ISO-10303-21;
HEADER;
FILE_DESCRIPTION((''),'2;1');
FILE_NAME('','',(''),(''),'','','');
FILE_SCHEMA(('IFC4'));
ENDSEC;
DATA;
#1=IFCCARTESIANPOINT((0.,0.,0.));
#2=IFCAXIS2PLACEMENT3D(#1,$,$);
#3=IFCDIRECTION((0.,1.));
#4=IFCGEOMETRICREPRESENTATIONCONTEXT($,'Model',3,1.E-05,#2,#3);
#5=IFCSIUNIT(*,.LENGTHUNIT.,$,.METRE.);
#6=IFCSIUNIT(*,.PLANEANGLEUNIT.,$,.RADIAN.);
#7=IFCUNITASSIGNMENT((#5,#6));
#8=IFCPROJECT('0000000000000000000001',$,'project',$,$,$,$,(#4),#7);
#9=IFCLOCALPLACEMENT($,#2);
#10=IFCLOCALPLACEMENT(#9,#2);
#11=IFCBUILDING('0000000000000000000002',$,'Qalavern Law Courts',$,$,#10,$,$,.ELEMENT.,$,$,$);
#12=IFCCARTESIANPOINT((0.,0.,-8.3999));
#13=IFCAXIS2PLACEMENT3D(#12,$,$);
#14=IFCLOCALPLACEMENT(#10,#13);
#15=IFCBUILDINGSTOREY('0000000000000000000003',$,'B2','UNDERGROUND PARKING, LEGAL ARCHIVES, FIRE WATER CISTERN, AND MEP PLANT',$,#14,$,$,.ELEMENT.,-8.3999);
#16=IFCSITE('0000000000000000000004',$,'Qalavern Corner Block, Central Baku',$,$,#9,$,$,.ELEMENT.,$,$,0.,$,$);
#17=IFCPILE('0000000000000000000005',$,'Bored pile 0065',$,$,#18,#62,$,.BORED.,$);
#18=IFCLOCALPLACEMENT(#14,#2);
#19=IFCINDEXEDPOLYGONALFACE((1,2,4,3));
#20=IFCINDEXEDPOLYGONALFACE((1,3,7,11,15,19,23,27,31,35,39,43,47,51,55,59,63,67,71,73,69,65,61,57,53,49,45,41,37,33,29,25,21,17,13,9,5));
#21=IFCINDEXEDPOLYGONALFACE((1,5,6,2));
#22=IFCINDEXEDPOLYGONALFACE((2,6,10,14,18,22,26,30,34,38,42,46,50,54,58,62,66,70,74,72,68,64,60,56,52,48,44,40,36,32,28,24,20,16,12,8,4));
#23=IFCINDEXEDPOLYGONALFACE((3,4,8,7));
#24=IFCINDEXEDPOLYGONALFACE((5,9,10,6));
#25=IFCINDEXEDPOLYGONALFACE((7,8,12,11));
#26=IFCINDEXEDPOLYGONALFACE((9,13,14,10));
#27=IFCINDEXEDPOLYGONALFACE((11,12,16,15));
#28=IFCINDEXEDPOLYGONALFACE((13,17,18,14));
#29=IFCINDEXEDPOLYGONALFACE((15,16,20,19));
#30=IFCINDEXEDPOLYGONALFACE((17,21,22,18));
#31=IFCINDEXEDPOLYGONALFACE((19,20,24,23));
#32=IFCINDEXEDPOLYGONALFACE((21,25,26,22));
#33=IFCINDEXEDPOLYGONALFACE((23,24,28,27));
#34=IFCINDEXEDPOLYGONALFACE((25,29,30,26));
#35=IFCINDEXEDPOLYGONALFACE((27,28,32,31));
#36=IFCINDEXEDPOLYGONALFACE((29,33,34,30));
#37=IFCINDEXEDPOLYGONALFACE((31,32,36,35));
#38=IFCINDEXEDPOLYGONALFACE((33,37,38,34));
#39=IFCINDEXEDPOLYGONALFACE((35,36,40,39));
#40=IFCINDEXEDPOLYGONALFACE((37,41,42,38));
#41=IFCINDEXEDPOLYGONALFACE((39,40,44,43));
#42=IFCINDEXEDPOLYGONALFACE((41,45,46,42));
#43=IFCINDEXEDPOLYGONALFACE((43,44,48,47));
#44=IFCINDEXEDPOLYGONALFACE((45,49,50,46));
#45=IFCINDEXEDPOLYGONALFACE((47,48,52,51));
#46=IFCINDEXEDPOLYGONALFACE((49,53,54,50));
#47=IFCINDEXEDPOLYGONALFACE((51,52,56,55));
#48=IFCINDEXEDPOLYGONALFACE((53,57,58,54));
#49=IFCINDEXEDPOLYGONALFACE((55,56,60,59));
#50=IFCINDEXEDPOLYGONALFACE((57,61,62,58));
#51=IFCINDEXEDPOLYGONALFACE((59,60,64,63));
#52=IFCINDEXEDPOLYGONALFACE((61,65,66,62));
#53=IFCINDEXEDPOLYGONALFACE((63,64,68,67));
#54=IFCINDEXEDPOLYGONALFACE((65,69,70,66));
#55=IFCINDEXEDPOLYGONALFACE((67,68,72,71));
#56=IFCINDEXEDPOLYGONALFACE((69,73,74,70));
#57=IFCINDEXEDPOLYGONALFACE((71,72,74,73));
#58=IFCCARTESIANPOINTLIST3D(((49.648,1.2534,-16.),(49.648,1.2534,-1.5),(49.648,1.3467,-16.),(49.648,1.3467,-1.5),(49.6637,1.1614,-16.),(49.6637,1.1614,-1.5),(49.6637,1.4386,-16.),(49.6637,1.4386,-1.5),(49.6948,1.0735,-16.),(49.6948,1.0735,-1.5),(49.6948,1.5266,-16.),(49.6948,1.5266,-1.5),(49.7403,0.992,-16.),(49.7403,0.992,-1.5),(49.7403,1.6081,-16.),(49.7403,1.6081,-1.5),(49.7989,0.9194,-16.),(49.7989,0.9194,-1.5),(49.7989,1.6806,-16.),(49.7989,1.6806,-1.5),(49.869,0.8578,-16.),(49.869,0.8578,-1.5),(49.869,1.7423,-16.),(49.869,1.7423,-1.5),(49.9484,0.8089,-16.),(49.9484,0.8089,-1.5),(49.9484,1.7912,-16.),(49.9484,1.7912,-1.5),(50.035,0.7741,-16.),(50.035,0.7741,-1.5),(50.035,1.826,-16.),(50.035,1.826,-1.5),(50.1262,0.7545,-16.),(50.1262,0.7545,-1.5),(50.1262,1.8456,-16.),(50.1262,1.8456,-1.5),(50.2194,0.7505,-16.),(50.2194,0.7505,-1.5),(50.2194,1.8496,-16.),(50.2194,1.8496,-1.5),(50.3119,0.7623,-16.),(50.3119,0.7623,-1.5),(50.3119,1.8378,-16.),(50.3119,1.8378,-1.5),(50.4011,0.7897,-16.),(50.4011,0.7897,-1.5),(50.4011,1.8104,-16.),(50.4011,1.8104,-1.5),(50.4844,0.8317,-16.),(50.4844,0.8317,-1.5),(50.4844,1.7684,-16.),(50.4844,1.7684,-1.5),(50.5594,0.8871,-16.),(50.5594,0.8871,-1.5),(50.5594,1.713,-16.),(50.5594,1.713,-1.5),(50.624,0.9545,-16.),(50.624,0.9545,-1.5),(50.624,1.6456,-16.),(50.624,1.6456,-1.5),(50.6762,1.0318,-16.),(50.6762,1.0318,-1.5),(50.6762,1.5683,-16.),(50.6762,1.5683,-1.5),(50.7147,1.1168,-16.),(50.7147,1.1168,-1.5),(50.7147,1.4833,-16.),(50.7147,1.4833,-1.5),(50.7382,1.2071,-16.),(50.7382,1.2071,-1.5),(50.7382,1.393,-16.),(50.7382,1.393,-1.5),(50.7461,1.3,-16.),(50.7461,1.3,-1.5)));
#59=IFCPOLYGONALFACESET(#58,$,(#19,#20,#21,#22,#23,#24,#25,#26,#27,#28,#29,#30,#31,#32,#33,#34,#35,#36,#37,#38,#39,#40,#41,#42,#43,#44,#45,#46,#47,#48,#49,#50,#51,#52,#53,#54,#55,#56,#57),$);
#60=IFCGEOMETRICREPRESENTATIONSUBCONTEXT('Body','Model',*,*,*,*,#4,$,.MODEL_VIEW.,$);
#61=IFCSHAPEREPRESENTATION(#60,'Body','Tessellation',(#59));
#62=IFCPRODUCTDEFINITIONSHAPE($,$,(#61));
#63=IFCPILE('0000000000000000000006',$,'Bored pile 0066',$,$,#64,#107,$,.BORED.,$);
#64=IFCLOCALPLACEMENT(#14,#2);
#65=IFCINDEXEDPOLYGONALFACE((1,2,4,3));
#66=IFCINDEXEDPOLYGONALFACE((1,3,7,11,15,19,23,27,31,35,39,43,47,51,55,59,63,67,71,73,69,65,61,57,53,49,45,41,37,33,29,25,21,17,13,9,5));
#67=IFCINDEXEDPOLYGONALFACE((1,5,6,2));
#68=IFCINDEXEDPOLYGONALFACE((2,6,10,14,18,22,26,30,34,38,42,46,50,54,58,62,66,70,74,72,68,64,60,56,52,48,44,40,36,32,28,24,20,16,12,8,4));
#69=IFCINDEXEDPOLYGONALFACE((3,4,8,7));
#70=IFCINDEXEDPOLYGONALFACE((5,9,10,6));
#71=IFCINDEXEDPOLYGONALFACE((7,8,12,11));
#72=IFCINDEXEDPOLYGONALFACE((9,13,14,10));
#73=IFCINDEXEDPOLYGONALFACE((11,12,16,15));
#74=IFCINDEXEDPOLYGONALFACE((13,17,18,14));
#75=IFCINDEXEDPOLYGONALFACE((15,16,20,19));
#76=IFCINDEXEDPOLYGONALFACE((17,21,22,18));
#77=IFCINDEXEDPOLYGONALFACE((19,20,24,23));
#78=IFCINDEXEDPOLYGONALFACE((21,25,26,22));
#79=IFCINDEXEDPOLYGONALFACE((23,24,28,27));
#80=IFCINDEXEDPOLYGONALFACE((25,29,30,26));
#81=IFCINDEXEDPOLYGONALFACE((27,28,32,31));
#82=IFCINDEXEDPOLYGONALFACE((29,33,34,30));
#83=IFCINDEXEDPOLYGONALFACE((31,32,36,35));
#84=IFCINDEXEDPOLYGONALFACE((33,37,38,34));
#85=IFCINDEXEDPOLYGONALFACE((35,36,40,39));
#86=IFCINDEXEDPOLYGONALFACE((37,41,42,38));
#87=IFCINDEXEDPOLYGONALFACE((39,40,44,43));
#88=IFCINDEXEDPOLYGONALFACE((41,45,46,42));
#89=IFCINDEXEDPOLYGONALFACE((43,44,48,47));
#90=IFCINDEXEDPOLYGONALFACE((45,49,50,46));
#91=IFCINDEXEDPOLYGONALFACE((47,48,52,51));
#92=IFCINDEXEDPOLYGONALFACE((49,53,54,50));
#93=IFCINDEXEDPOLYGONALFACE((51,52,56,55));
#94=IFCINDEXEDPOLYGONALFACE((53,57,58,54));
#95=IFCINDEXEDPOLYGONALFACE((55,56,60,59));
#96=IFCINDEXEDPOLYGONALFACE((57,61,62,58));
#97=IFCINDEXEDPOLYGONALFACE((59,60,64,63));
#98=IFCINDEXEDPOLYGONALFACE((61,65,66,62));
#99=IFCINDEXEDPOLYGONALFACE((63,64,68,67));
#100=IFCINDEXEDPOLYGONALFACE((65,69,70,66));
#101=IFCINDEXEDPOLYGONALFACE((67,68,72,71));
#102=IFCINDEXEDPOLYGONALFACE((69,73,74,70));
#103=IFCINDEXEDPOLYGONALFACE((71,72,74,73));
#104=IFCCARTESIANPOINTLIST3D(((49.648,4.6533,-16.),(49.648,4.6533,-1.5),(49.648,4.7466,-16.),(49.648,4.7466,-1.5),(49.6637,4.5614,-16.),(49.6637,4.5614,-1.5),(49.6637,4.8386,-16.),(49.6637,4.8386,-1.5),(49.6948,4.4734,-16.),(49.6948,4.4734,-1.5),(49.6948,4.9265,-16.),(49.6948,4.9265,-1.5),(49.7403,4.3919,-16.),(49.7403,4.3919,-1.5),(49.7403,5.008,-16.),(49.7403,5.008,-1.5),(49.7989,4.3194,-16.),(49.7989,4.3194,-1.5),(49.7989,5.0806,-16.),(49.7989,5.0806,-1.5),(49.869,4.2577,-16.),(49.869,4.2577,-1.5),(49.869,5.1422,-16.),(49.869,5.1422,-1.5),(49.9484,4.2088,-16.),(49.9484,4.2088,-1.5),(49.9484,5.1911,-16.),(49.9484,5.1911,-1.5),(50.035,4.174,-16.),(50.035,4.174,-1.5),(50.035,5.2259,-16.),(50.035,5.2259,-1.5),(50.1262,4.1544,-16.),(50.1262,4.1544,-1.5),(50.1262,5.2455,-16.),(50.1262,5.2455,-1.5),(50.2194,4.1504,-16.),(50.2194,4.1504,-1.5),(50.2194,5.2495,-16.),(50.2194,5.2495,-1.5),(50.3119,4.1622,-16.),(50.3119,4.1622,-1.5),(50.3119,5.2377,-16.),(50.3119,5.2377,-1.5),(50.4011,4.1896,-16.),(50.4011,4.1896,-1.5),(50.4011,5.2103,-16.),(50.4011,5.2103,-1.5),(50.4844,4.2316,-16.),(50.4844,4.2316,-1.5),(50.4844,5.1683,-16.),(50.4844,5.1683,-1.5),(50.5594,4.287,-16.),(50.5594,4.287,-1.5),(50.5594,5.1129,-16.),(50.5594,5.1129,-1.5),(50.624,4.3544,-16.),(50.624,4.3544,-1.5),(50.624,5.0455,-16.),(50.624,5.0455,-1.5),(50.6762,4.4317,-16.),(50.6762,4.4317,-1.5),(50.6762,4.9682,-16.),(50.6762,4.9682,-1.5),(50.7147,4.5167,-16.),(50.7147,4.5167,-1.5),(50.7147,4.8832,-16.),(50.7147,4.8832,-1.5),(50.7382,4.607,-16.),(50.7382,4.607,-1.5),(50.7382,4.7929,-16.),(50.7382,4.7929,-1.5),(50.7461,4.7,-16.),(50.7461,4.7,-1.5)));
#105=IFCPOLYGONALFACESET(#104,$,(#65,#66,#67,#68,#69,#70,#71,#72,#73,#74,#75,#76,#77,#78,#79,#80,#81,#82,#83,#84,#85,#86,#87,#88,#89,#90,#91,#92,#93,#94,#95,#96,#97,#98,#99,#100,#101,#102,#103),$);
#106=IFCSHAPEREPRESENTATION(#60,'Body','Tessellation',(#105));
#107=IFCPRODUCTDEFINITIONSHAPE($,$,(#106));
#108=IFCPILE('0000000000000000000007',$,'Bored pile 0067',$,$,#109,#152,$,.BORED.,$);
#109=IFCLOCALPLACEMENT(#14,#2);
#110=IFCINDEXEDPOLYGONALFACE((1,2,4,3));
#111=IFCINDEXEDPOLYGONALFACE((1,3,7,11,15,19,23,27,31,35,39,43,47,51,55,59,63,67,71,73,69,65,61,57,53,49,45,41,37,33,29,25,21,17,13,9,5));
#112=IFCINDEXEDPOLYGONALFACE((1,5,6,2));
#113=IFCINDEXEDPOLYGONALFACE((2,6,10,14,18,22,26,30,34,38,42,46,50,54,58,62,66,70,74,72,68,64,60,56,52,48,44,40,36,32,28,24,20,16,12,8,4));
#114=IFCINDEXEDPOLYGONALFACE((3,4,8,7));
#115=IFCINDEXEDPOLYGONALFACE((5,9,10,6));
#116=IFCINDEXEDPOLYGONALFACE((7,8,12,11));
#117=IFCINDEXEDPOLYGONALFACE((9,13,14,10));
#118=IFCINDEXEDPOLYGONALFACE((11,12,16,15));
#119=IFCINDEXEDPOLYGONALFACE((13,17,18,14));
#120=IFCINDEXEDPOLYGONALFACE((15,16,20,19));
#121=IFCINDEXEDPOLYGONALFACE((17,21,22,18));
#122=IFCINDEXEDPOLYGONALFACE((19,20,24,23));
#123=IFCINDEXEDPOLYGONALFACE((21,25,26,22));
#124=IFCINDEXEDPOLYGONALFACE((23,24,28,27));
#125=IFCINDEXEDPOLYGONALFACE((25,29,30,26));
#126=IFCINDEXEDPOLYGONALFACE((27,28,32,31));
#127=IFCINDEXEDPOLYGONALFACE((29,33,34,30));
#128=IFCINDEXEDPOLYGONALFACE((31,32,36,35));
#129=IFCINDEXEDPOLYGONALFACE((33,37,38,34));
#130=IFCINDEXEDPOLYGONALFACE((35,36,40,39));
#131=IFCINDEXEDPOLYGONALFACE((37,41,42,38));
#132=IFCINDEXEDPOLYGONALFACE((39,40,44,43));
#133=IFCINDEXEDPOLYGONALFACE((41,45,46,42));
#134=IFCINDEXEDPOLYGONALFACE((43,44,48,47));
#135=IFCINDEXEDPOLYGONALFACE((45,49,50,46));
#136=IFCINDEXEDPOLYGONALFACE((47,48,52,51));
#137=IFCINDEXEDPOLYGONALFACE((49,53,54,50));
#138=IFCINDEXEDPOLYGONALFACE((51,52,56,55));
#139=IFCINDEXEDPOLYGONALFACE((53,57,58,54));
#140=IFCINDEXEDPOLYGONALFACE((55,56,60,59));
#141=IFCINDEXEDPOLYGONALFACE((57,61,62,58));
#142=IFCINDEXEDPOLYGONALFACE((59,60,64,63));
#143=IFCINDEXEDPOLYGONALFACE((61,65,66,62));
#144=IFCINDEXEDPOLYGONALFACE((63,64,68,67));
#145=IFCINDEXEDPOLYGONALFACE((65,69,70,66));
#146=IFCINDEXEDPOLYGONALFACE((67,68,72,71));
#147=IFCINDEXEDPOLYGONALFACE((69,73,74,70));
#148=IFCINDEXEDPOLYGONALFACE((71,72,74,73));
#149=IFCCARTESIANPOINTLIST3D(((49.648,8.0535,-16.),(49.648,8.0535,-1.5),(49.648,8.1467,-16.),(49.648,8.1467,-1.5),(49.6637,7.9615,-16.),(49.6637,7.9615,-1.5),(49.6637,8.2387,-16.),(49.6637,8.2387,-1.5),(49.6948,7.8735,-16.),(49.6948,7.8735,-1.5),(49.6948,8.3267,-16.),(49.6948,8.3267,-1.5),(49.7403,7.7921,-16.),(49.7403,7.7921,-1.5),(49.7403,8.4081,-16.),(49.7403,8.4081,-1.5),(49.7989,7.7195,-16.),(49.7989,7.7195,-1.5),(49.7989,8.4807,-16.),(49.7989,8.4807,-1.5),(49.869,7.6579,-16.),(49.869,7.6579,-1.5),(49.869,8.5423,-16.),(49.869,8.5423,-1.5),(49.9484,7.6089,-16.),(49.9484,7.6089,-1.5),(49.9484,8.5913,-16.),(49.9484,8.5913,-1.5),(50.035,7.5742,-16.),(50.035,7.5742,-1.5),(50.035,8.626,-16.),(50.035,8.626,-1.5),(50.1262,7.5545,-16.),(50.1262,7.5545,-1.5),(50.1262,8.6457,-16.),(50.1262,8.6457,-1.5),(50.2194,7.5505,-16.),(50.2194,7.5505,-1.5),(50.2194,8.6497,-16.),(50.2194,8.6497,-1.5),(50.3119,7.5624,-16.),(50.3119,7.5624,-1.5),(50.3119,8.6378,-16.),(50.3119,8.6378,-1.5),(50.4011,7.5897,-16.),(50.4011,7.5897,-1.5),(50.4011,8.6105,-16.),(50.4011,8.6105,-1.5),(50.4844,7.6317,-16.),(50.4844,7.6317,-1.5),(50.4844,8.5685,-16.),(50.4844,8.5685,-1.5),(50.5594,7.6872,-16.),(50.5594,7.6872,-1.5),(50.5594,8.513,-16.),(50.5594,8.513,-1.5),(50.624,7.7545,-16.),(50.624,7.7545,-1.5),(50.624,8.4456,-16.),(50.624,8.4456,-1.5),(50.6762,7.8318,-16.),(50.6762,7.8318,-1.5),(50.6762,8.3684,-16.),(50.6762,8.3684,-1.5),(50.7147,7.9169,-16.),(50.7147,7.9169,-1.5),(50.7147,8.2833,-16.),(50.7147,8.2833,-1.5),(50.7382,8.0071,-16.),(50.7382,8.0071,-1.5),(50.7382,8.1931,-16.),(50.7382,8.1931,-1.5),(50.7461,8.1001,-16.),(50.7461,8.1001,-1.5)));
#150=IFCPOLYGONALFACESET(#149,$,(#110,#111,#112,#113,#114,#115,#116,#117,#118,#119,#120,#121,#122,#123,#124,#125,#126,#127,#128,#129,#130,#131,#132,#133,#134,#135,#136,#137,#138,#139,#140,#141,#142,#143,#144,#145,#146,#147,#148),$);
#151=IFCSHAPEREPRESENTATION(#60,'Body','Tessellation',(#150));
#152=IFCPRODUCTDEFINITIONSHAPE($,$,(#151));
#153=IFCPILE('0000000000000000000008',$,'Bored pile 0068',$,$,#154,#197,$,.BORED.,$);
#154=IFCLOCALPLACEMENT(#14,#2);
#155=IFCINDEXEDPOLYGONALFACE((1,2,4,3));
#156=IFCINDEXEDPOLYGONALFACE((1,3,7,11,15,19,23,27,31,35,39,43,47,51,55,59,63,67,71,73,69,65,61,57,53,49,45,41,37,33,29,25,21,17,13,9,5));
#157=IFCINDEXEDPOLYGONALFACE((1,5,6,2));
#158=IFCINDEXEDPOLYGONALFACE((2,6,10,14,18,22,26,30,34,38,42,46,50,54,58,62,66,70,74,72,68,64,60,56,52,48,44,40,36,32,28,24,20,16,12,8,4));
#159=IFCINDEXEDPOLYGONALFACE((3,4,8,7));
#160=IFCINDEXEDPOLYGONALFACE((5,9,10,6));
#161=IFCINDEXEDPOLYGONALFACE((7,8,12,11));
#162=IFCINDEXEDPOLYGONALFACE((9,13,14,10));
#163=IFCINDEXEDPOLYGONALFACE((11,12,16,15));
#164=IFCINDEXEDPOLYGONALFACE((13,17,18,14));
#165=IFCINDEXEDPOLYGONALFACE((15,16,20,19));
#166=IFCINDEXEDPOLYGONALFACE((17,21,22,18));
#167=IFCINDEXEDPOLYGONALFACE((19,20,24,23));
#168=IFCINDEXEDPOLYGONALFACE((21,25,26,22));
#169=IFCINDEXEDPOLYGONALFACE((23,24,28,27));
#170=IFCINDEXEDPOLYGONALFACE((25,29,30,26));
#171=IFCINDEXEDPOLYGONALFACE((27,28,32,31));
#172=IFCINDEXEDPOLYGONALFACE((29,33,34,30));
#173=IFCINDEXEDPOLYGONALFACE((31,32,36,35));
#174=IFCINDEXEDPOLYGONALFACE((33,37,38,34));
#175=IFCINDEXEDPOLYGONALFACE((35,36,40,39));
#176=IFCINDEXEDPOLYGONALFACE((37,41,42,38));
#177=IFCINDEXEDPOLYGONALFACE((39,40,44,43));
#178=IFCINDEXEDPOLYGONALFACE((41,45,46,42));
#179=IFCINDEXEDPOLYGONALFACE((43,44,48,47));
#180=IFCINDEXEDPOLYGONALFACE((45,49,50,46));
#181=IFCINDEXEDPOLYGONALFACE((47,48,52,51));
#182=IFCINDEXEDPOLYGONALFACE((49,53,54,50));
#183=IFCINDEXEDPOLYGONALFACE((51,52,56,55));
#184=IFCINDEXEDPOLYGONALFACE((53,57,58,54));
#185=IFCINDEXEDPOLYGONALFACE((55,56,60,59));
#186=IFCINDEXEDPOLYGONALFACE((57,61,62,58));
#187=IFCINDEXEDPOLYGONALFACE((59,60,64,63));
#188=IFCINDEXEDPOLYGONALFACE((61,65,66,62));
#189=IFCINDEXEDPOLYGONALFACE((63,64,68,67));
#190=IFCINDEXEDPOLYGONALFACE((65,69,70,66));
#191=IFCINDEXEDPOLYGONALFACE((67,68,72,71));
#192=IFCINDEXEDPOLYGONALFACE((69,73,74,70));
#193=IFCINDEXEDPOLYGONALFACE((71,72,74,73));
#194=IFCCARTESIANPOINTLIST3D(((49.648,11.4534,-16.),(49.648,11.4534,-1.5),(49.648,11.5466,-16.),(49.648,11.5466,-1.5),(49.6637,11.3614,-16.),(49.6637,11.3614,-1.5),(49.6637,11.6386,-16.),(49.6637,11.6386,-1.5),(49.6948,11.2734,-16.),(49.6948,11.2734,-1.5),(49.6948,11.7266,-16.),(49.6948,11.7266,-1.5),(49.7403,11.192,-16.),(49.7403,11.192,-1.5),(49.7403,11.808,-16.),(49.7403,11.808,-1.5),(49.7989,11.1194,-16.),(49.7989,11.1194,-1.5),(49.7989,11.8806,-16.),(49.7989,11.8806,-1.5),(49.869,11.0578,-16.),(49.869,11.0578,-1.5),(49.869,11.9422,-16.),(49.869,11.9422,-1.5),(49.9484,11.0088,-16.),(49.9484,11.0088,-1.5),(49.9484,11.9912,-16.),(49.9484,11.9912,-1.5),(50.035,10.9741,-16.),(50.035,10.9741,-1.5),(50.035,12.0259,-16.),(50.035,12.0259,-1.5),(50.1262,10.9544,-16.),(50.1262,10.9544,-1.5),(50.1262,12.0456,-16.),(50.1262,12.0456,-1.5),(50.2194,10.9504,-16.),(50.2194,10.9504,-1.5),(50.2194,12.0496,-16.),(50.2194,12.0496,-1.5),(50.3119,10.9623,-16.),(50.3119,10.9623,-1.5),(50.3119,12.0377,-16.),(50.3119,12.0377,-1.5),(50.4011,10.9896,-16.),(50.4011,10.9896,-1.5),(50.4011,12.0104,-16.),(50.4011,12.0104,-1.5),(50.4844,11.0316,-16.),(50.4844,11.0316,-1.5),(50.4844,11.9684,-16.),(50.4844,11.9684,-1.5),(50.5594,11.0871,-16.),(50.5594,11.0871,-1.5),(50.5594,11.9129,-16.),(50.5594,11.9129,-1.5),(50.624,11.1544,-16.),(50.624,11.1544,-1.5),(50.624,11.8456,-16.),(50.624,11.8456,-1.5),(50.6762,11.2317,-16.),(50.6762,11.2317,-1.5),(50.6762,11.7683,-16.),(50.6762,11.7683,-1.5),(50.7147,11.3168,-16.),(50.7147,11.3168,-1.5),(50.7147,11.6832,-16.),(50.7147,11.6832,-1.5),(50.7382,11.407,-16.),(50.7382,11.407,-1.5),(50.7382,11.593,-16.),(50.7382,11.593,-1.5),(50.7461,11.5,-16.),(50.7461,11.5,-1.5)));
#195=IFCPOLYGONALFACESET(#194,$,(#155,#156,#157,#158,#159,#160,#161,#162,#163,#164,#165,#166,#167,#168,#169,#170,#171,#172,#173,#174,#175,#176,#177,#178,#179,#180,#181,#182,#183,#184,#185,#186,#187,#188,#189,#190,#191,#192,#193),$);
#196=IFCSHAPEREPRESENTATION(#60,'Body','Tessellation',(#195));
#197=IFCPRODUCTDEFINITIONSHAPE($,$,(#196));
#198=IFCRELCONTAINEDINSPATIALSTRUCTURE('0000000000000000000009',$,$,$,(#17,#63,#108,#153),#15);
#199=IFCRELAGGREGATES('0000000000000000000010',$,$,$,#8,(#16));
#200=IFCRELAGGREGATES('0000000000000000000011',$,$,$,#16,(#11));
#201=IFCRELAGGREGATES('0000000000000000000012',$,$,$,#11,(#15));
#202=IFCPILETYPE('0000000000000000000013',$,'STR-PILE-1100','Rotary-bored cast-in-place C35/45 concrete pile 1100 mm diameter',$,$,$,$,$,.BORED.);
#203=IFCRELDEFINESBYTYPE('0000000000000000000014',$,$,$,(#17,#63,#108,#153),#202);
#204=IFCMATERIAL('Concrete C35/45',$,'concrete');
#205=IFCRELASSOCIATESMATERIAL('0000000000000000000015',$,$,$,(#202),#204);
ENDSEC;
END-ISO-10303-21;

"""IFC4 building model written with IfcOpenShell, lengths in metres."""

from ifc_helpers import new_model, si_unit, direction, frame, origin, origin_2d, place, context, subcontext, project, spatial, circle, extrude, material, material_profile, profile_set, type_object, element, save


model = new_model("IFC4")

# Units and contexts
model_context = context("Model", 3, precision=1e-05, world=origin(), true_north=direction((0.0, 1.0)))
body_context = subcontext(model_context, "Body", "Model", "MODEL_VIEW")
ifc_project = project(units=[si_unit("LENGTHUNIT", "METRE"), si_unit("PLANEANGLEUNIT", "RADIAN")], contexts=[model_context])

# Site, building, storey
site_placement = place(None, origin())
site = spatial("IfcSite", under=ifc_project, at=site_placement, Name="Qalavern Corner Block, Central Baku", CompositionType="ELEMENT", RefElevation=0.0)
building_placement = place(site_placement, origin())
building = spatial("IfcBuilding", under=site, at=building_placement, Name="Qalavern Law Courts", CompositionType="ELEMENT")
storey_placement = place(building_placement, frame((0.0, 0.0, -8.3999)))
storey = spatial("IfcBuildingStorey", under=building, at=storey_placement, Name="B2", Description="UNDERGROUND PARKING, LEGAL ARCHIVES, FIRE WATER CISTERN, AND MEP PLANT", CompositionType="ELEMENT", Elevation=-8.3999)

# Piles
ifc_material_1 = material(Name="Concrete C35/45", Category="concrete")
ifc_material_profile_1 = material_profile(ifc_material_1, circle(Radius=0.55, at=origin_2d()), Name="BORED PILE 1100")
ifc_profile_set_1 = profile_set([ifc_material_profile_1], Name="Concrete C35/45")
pile_type_1 = type_object("IfcPileType", Name="STR-PILE-1100", Description="Rotary-bored cast-in-place C35/45 concrete pile 1100 mm diameter", PredefinedType="BORED", material=ifc_profile_set_1)
for number, where, z_axis, x_axis, name in (
    (1, (50.196, 1.3, -1.5), (0.0, 0.0, -1.0), (1.0, 0.0, 0.0), "Bored pile 0065"),
    (2, (50.196, 4.7, -1.5), (0.0, 0.0, -1.0), (1.0, 0.0, 0.0), "Bored pile 0066"),
    (3, (50.196, 8.1001, -1.5), (0.0, 0.0, -1.0), (1.0, 0.0, 0.0), "Bored pile 0067"),
    (4, (50.196, 11.5, -1.5), (0.0, 0.0, -1.0), (1.0, 0.0, 0.0), "Bored pile 0068"),
):
    element("IfcPile", number, at=place(storey_placement, frame(where, z_axis=z_axis, x_axis=x_axis)), inside=storey, type_object=pile_type_1, Name=name, PredefinedType="BORED", context=body_context, shape_type="SweptSolid", body=[
        extrude(circle(Radius=0.55, at=origin_2d()), origin(), (0.0, 0.0, 1.0), 14.5),
    ])

save(model, "model.ifc")
